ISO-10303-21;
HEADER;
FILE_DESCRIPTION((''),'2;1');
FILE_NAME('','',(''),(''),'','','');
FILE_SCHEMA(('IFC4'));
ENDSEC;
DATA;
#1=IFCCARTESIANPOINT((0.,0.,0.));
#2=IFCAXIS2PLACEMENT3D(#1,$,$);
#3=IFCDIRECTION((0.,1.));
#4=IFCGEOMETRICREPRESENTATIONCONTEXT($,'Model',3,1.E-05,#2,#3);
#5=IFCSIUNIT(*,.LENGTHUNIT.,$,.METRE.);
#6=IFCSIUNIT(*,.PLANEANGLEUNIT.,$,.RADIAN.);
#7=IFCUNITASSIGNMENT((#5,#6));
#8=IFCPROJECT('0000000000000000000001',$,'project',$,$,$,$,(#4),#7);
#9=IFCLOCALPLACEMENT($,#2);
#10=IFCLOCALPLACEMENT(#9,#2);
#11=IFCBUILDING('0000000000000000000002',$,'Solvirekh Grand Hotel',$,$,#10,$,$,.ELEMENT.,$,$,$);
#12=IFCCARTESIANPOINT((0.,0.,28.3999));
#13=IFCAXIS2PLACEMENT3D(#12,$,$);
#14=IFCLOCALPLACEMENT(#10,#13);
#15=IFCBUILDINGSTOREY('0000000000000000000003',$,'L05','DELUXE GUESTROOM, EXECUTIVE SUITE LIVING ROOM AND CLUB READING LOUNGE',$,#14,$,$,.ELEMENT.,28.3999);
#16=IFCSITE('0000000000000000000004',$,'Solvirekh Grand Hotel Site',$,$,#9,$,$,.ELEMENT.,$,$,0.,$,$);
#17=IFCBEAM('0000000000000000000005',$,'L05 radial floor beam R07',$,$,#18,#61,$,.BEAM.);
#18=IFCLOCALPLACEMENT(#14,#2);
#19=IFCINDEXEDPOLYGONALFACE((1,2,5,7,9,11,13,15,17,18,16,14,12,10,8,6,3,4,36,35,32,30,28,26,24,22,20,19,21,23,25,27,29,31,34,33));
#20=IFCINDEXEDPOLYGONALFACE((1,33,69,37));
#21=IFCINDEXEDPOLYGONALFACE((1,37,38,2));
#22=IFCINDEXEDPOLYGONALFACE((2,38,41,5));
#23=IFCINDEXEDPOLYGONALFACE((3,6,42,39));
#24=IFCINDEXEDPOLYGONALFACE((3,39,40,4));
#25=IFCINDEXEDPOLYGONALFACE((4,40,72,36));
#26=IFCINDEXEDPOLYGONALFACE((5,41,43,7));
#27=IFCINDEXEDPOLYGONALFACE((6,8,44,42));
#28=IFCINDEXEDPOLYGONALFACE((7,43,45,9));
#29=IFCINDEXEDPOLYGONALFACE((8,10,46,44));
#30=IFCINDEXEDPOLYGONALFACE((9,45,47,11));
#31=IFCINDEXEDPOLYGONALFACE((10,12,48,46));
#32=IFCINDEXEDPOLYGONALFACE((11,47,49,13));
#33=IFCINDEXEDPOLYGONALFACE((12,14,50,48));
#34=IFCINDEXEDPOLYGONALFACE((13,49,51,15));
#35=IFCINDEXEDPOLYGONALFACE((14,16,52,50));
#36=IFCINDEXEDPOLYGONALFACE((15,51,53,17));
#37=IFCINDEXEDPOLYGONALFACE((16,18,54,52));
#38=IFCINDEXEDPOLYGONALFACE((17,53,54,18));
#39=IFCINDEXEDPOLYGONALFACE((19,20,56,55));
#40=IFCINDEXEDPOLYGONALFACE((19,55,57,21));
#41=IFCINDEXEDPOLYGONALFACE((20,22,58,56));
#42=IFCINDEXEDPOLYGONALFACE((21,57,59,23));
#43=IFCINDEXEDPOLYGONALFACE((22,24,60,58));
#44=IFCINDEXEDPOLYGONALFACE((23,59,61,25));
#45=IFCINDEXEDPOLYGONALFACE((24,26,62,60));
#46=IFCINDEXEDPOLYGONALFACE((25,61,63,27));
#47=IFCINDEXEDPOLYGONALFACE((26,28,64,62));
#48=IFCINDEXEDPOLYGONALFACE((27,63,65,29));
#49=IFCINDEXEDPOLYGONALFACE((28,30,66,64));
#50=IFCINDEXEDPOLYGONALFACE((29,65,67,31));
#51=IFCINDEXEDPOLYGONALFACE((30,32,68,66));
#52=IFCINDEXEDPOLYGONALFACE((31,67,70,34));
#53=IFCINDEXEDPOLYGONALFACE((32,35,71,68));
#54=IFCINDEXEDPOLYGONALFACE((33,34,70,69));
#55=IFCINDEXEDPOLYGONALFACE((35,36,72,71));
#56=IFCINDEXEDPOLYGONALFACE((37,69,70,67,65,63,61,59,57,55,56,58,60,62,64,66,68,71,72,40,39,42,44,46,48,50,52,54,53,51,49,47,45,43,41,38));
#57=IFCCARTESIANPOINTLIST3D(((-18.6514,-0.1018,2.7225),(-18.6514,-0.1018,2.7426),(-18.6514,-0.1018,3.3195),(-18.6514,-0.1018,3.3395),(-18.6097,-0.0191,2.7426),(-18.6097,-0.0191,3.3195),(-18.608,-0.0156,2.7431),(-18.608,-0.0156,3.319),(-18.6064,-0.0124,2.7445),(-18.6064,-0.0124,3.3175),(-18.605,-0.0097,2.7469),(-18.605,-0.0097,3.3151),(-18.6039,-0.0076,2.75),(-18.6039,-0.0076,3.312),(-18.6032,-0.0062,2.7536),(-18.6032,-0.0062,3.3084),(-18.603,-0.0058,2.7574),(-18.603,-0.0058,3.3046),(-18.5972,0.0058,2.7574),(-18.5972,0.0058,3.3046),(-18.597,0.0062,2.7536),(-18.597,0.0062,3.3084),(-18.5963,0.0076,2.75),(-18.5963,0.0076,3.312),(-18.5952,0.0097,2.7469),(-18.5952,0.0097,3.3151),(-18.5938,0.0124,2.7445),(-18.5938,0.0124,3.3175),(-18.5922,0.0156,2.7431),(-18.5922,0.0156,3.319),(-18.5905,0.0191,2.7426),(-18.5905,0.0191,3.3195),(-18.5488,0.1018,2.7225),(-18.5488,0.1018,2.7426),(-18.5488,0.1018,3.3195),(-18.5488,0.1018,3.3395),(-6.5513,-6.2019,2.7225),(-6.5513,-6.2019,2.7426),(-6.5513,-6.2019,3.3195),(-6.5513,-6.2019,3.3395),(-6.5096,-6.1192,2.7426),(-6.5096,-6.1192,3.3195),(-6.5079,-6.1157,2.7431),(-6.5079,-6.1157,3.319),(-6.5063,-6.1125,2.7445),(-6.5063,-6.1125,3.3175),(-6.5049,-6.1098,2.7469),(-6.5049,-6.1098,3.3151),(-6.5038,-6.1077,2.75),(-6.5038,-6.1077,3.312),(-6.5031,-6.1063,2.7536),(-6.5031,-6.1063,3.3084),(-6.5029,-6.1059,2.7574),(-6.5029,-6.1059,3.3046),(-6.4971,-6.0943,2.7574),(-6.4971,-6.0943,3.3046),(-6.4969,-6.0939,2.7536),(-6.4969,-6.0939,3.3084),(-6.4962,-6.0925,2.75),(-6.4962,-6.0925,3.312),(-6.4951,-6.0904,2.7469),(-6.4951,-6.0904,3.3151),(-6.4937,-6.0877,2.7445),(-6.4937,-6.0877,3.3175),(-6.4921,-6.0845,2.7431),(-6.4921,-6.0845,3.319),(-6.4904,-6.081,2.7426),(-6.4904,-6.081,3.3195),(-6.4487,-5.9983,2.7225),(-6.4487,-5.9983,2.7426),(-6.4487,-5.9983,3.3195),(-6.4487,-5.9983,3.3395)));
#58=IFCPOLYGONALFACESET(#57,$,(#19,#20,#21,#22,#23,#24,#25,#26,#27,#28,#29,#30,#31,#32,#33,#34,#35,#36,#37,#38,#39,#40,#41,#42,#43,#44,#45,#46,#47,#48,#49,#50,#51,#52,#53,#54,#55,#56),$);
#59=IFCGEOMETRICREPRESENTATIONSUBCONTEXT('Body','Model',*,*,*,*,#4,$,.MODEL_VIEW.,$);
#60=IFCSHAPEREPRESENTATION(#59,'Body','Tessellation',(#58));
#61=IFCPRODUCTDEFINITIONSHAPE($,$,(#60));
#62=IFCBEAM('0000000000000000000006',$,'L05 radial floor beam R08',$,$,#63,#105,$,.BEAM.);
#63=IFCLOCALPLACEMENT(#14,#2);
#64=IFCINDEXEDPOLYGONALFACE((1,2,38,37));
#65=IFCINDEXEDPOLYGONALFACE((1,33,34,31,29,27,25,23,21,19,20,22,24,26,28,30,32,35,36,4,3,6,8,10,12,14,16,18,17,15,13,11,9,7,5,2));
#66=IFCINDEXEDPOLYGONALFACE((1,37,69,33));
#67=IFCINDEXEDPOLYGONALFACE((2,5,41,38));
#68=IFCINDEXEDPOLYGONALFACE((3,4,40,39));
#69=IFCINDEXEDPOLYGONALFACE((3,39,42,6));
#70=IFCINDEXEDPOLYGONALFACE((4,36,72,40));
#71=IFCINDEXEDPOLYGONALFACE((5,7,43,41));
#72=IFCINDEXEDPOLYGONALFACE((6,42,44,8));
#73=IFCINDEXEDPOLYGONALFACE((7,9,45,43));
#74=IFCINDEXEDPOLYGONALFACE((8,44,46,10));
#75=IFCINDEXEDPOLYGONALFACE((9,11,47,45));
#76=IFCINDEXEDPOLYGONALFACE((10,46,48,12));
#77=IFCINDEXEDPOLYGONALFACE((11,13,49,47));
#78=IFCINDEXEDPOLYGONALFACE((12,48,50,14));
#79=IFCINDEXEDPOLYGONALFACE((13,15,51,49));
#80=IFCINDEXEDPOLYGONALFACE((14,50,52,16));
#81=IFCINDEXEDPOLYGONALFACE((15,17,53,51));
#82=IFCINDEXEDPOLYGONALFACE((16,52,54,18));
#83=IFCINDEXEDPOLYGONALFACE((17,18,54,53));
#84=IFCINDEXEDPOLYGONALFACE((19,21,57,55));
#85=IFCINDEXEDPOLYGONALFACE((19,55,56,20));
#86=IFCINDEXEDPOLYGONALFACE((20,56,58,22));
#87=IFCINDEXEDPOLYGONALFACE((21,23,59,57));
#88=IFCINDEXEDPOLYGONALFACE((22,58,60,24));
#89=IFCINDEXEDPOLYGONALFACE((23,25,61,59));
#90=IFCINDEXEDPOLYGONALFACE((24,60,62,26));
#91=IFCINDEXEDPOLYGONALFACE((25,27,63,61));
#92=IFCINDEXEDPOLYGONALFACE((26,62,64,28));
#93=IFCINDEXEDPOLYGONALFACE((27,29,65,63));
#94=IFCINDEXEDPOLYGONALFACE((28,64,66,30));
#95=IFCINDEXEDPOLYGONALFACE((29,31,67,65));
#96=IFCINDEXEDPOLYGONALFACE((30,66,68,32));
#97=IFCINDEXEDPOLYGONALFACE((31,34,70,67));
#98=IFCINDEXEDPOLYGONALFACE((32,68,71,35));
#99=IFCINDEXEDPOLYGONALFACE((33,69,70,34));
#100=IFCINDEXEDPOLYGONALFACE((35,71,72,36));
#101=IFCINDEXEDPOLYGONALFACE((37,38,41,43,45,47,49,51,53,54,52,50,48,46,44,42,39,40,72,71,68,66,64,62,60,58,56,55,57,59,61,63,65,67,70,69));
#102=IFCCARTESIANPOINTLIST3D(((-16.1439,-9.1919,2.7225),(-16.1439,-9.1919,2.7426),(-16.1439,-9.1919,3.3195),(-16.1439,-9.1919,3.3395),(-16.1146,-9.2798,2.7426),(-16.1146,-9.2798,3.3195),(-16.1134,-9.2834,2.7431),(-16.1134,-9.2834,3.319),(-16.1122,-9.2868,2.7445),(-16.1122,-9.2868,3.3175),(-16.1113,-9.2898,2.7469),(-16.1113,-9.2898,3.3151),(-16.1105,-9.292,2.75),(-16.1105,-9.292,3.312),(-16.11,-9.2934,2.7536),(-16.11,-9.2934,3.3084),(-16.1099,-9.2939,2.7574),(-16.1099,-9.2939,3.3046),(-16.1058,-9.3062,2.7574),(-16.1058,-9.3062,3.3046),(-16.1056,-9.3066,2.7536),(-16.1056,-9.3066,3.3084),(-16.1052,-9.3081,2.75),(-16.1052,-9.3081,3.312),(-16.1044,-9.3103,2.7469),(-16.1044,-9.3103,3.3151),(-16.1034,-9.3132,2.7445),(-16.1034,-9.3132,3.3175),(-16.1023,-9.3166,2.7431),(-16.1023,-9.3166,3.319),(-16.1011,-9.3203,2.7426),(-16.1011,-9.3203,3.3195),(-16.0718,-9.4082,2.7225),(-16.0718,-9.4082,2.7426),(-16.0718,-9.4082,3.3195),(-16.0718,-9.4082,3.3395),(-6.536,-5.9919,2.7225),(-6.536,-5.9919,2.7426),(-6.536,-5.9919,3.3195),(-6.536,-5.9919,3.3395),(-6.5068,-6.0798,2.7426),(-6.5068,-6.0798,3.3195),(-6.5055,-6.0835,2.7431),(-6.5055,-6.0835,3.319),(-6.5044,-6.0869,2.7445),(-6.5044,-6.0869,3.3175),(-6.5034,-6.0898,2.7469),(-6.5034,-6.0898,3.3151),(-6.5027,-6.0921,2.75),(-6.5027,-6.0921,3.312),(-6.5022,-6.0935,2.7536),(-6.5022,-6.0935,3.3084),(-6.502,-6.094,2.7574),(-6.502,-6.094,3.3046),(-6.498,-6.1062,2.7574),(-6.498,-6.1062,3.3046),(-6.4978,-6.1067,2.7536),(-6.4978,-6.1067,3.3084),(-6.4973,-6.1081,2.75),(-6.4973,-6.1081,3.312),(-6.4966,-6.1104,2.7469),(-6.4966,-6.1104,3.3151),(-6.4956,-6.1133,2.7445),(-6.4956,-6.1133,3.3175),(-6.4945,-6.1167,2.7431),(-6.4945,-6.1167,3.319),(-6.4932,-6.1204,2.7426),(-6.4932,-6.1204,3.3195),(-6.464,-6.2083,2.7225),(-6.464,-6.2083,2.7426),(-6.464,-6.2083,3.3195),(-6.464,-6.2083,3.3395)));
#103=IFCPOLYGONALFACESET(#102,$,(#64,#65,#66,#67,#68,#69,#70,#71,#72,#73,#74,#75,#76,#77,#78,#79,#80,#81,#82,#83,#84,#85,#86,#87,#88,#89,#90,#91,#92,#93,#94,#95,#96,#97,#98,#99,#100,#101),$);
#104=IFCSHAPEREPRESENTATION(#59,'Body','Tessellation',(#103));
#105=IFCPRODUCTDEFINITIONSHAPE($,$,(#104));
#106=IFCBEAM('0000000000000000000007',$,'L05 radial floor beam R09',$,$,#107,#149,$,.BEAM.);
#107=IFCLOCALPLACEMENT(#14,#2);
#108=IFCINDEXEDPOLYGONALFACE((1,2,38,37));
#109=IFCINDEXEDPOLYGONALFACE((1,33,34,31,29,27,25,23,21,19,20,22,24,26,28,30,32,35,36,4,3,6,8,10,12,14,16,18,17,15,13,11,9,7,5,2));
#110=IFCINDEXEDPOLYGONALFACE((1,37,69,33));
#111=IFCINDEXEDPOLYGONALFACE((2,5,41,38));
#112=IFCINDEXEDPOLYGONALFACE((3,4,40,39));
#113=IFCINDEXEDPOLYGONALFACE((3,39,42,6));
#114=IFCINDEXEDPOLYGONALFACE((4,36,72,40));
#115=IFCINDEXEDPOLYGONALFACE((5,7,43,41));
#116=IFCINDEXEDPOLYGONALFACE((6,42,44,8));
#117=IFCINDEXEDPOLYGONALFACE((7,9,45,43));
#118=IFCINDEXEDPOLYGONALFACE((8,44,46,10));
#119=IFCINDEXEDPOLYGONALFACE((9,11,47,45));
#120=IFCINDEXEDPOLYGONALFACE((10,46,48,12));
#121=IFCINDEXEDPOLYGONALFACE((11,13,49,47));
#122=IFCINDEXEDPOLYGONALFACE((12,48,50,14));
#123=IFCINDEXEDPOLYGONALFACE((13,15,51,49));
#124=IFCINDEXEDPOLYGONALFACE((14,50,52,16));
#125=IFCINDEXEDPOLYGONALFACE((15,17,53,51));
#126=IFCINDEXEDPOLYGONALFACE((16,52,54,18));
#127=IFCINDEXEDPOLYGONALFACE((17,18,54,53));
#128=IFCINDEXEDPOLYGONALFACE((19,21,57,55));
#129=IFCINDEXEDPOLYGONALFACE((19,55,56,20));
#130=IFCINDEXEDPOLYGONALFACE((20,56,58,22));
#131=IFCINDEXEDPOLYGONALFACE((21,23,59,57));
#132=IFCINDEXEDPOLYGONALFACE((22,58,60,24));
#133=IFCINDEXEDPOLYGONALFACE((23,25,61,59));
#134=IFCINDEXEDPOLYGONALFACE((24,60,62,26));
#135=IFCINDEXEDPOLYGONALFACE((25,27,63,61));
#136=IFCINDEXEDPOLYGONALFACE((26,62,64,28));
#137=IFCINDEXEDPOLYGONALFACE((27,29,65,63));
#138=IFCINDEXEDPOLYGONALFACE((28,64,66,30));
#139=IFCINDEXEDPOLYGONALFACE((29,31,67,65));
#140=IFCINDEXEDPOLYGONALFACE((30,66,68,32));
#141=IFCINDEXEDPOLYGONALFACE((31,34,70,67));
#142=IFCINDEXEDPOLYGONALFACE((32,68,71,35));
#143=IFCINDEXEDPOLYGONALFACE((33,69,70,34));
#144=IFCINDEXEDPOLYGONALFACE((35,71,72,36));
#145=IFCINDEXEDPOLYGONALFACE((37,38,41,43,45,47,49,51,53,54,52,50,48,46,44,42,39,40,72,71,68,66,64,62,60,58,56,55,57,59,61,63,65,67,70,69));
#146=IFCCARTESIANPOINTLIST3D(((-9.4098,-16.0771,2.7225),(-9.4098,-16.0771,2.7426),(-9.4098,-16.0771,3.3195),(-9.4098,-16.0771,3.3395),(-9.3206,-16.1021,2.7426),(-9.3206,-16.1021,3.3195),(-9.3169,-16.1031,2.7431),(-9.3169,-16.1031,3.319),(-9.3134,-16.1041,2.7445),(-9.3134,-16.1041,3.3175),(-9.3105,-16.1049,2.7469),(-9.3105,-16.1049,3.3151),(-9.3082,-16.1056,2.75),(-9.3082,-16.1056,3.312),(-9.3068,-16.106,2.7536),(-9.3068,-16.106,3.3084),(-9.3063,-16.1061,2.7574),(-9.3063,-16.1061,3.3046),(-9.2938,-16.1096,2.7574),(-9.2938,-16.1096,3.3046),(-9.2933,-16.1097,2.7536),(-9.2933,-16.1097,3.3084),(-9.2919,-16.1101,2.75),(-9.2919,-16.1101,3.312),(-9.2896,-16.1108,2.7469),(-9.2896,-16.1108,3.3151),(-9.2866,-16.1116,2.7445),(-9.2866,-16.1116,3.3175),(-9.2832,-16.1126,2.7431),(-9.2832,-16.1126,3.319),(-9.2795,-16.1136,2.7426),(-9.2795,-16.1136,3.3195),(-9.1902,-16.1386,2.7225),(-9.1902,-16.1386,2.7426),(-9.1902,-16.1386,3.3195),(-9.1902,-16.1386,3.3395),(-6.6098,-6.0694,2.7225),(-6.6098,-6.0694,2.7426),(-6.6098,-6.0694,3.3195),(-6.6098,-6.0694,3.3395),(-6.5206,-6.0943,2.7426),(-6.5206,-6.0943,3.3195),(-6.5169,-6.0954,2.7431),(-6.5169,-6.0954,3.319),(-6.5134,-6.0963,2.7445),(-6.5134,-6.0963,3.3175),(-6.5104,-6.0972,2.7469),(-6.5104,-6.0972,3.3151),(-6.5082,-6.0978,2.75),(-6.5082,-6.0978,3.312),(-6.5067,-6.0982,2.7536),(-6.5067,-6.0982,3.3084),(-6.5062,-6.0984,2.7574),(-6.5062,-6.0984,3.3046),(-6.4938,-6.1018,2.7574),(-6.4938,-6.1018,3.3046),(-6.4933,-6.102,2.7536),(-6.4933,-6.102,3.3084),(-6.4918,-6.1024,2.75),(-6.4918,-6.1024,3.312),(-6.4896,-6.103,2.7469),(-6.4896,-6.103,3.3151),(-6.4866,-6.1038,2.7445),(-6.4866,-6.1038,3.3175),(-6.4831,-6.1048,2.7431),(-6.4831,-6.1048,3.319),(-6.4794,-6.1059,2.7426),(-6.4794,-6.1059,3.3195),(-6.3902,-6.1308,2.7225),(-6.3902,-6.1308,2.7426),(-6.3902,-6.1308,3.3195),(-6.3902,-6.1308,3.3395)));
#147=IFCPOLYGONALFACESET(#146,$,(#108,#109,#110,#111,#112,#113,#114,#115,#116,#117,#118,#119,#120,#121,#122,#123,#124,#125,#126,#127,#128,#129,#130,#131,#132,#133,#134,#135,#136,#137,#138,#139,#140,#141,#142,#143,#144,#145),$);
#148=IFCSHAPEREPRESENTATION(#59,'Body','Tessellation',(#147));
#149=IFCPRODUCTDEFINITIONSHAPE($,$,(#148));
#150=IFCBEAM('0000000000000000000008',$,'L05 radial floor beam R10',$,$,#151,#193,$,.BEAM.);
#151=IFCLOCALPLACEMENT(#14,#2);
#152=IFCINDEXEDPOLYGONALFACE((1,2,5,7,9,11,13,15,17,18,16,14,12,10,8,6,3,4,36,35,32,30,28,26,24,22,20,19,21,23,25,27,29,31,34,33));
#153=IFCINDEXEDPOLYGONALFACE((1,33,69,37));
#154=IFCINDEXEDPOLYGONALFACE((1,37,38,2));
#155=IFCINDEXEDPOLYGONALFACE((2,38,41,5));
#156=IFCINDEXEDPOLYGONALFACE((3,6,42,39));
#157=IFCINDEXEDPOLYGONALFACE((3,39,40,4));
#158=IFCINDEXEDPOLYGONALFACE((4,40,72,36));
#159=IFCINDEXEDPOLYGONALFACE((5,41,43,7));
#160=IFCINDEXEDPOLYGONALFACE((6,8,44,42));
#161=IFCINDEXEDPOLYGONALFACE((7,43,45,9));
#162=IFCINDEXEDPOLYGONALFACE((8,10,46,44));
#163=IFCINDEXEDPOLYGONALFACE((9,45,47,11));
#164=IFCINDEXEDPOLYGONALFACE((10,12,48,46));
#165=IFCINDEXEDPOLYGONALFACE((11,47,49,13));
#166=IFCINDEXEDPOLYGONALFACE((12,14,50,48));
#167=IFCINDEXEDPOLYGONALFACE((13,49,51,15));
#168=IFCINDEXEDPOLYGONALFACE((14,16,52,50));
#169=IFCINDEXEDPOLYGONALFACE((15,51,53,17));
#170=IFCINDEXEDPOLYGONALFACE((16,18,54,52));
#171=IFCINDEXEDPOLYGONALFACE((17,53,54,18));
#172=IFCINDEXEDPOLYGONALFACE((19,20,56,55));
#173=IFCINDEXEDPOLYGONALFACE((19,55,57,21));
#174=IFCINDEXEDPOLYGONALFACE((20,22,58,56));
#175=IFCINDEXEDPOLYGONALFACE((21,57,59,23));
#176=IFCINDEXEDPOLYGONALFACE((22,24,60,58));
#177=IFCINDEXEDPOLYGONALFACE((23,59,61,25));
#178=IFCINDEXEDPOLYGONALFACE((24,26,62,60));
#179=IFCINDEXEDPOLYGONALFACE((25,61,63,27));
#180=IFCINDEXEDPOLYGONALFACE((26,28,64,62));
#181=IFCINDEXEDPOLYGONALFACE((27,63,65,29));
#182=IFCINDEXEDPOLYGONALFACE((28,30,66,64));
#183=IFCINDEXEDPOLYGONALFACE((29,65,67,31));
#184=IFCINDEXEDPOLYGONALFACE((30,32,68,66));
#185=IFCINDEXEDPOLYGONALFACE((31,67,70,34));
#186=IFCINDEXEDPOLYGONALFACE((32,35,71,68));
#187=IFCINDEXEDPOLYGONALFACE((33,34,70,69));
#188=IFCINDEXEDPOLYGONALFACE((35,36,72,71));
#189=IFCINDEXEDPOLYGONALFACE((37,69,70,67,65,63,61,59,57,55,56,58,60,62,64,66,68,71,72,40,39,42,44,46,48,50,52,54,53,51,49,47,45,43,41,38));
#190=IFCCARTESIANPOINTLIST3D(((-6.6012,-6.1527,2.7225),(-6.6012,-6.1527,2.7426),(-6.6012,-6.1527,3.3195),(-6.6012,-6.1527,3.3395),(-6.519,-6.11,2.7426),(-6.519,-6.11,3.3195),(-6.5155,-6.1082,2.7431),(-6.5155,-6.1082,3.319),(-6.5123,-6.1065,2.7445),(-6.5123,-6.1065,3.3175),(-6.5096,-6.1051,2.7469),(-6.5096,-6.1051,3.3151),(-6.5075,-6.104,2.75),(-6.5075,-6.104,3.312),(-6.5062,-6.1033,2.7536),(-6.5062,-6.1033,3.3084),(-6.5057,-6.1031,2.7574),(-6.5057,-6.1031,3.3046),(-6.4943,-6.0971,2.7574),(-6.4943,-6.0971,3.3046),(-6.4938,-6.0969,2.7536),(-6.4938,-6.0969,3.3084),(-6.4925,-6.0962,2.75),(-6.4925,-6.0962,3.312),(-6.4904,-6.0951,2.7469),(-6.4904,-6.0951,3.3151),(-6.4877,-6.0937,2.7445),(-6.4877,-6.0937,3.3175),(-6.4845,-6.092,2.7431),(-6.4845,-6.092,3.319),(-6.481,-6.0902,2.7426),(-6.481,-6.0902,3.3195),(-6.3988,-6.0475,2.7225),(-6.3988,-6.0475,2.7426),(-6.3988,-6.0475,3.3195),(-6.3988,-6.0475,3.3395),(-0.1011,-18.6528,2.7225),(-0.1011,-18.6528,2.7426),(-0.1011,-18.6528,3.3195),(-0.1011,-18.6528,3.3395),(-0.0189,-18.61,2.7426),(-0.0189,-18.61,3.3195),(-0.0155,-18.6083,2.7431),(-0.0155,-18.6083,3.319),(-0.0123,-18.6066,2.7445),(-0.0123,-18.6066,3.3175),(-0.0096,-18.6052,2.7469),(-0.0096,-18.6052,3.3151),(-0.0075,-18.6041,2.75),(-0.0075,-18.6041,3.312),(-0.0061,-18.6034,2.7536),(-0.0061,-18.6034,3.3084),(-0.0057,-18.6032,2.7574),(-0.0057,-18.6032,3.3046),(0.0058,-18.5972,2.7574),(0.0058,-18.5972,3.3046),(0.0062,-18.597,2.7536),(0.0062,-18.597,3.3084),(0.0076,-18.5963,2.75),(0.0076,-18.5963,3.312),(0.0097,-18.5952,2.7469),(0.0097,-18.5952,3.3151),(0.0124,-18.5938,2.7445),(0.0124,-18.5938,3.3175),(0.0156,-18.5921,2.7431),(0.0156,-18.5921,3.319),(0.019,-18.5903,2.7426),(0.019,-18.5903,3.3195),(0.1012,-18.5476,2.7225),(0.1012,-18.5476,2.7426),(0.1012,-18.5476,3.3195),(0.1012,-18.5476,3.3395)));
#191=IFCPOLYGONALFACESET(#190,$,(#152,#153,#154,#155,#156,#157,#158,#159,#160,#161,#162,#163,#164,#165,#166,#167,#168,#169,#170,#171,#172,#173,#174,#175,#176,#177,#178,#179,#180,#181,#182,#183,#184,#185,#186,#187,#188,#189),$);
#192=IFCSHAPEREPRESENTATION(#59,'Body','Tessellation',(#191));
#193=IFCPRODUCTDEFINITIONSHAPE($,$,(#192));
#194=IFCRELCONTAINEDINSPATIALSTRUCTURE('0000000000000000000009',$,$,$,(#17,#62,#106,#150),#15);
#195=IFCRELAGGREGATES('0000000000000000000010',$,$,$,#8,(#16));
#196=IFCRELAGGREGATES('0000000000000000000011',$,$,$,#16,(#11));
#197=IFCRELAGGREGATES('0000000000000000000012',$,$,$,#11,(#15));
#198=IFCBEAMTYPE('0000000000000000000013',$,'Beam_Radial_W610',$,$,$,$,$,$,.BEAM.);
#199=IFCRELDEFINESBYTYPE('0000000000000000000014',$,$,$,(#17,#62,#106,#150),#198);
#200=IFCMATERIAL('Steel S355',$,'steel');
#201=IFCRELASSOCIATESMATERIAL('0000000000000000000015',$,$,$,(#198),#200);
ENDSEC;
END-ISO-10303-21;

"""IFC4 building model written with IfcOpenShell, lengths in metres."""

from ifc_helpers import new_model, si_unit, direction, frame, origin, origin_2d, place, context, subcontext, project, spatial, i_section, extrude, material, material_profile, profile_set, type_object, element, save


model = new_model("IFC4")

# Units and contexts
model_context = context("Model", 3, precision=1e-05, world=origin(), true_north=direction((0.0, 1.0)))
body_context = subcontext(model_context, "Body", "Model", "MODEL_VIEW")
ifc_project = project(units=[si_unit("LENGTHUNIT", "METRE"), si_unit("PLANEANGLEUNIT", "RADIAN")], contexts=[model_context])

# Site, building, storey
site_placement = place(None, origin())
site = spatial("IfcSite", under=ifc_project, at=site_placement, Name="Solvirekh Grand Hotel Site", CompositionType="ELEMENT", RefElevation=0.0)
building_placement = place(site_placement, origin())
building = spatial("IfcBuilding", under=site, at=building_placement, Name="Solvirekh Grand Hotel", CompositionType="ELEMENT")
storey_placement = place(building_placement, frame((0.0, 0.0, 28.3999)))
storey = spatial("IfcBuildingStorey", under=building, at=storey_placement, Name="L05", Description="DELUXE GUESTROOM, EXECUTIVE SUITE LIVING ROOM AND CLUB READING LOUNGE", CompositionType="ELEMENT", Elevation=28.3999)

# Beams
ifc_material_1 = material(Name="Steel S355", Category="steel")
ifc_material_profile = material_profile(ifc_material_1, i_section(OverallWidth=0.228, OverallDepth=0.6169, WebThickness=0.0129, FlangeThickness=0.02, FilletRadius=0.0149, at=origin_2d()), Name="W610X140")
ifc_profile_set = profile_set([ifc_material_profile], Name="Steel S355")
beam_type = type_object("IfcBeamType", Name="Beam_Radial_W610", PredefinedType="BEAM", material=ifc_profile_set)
beam_1_placement = place(storey_placement, frame((-6.5, -6.1001, 3.031), z_axis=(-0.892945, 0.450166, 0.0), x_axis=(-0.450166, -0.892945, 0.0)))
element("IfcBeam", 1, at=beam_1_placement, inside=storey, type_object=beam_type, Name="L05 radial floor beam R07", PredefinedType="BEAM", context=body_context, shape_type="SweptSolid", body=[
    extrude(i_section(OverallWidth=0.228, OverallDepth=0.6169, WebThickness=0.0129, FlangeThickness=0.02, FilletRadius=0.0149, at=origin_2d()), origin(), (0.0, 0.0, 1.0), 13.5508),
])
beam_2_placement = place(storey_placement, frame((-6.5, -6.1001, 3.031), z_axis=(-0.948763, -0.315989, 0.0), x_axis=(0.315989, -0.948763, 0.0)))
element("IfcBeam", 2, at=beam_2_placement, inside=storey, type_object=beam_type, Name="L05 radial floor beam R08", PredefinedType="BEAM", context=body_context, shape_type="SweptSolid", body=[
    extrude(i_section(OverallWidth=0.228, OverallDepth=0.6169, WebThickness=0.0129, FlangeThickness=0.02, FilletRadius=0.0149, at=origin_2d()), origin(), (0.0, 0.0, 1.0), 10.1267),
])
beam_3_placement = place(storey_placement, frame((-6.5, -6.1001, 3.031), z_axis=(-0.269439, -0.963017, 0.0), x_axis=(0.963017, -0.269439, 0.0)))
element("IfcBeam", 3, at=beam_3_placement, inside=storey, type_object=beam_type, Name="L05 radial floor beam R09", PredefinedType="BEAM", context=body_context, shape_type="SweptSolid", body=[
    extrude(i_section(OverallWidth=0.228, OverallDepth=0.6169, WebThickness=0.0129, FlangeThickness=0.02, FilletRadius=0.0149, at=origin_2d()), origin(), (0.0, 0.0, 1.0), 10.3921),
])
beam_4_placement = place(storey_placement, frame((-6.5, -6.1001, 3.031), z_axis=(0.461353, -0.887217, 0.0), x_axis=(0.887217, 0.461353, 0.0)))
element("IfcBeam", 4, at=beam_4_placement, inside=storey, type_object=beam_type, Name="L05 radial floor beam R10", PredefinedType="BEAM", context=body_context, shape_type="SweptSolid", body=[
    extrude(i_section(OverallWidth=0.228, OverallDepth=0.6169, WebThickness=0.0129, FlangeThickness=0.02, FilletRadius=0.0149, at=origin_2d()), origin(), (0.0, 0.0, 1.0), 14.0891),
])

save(model, "model.ifc")
